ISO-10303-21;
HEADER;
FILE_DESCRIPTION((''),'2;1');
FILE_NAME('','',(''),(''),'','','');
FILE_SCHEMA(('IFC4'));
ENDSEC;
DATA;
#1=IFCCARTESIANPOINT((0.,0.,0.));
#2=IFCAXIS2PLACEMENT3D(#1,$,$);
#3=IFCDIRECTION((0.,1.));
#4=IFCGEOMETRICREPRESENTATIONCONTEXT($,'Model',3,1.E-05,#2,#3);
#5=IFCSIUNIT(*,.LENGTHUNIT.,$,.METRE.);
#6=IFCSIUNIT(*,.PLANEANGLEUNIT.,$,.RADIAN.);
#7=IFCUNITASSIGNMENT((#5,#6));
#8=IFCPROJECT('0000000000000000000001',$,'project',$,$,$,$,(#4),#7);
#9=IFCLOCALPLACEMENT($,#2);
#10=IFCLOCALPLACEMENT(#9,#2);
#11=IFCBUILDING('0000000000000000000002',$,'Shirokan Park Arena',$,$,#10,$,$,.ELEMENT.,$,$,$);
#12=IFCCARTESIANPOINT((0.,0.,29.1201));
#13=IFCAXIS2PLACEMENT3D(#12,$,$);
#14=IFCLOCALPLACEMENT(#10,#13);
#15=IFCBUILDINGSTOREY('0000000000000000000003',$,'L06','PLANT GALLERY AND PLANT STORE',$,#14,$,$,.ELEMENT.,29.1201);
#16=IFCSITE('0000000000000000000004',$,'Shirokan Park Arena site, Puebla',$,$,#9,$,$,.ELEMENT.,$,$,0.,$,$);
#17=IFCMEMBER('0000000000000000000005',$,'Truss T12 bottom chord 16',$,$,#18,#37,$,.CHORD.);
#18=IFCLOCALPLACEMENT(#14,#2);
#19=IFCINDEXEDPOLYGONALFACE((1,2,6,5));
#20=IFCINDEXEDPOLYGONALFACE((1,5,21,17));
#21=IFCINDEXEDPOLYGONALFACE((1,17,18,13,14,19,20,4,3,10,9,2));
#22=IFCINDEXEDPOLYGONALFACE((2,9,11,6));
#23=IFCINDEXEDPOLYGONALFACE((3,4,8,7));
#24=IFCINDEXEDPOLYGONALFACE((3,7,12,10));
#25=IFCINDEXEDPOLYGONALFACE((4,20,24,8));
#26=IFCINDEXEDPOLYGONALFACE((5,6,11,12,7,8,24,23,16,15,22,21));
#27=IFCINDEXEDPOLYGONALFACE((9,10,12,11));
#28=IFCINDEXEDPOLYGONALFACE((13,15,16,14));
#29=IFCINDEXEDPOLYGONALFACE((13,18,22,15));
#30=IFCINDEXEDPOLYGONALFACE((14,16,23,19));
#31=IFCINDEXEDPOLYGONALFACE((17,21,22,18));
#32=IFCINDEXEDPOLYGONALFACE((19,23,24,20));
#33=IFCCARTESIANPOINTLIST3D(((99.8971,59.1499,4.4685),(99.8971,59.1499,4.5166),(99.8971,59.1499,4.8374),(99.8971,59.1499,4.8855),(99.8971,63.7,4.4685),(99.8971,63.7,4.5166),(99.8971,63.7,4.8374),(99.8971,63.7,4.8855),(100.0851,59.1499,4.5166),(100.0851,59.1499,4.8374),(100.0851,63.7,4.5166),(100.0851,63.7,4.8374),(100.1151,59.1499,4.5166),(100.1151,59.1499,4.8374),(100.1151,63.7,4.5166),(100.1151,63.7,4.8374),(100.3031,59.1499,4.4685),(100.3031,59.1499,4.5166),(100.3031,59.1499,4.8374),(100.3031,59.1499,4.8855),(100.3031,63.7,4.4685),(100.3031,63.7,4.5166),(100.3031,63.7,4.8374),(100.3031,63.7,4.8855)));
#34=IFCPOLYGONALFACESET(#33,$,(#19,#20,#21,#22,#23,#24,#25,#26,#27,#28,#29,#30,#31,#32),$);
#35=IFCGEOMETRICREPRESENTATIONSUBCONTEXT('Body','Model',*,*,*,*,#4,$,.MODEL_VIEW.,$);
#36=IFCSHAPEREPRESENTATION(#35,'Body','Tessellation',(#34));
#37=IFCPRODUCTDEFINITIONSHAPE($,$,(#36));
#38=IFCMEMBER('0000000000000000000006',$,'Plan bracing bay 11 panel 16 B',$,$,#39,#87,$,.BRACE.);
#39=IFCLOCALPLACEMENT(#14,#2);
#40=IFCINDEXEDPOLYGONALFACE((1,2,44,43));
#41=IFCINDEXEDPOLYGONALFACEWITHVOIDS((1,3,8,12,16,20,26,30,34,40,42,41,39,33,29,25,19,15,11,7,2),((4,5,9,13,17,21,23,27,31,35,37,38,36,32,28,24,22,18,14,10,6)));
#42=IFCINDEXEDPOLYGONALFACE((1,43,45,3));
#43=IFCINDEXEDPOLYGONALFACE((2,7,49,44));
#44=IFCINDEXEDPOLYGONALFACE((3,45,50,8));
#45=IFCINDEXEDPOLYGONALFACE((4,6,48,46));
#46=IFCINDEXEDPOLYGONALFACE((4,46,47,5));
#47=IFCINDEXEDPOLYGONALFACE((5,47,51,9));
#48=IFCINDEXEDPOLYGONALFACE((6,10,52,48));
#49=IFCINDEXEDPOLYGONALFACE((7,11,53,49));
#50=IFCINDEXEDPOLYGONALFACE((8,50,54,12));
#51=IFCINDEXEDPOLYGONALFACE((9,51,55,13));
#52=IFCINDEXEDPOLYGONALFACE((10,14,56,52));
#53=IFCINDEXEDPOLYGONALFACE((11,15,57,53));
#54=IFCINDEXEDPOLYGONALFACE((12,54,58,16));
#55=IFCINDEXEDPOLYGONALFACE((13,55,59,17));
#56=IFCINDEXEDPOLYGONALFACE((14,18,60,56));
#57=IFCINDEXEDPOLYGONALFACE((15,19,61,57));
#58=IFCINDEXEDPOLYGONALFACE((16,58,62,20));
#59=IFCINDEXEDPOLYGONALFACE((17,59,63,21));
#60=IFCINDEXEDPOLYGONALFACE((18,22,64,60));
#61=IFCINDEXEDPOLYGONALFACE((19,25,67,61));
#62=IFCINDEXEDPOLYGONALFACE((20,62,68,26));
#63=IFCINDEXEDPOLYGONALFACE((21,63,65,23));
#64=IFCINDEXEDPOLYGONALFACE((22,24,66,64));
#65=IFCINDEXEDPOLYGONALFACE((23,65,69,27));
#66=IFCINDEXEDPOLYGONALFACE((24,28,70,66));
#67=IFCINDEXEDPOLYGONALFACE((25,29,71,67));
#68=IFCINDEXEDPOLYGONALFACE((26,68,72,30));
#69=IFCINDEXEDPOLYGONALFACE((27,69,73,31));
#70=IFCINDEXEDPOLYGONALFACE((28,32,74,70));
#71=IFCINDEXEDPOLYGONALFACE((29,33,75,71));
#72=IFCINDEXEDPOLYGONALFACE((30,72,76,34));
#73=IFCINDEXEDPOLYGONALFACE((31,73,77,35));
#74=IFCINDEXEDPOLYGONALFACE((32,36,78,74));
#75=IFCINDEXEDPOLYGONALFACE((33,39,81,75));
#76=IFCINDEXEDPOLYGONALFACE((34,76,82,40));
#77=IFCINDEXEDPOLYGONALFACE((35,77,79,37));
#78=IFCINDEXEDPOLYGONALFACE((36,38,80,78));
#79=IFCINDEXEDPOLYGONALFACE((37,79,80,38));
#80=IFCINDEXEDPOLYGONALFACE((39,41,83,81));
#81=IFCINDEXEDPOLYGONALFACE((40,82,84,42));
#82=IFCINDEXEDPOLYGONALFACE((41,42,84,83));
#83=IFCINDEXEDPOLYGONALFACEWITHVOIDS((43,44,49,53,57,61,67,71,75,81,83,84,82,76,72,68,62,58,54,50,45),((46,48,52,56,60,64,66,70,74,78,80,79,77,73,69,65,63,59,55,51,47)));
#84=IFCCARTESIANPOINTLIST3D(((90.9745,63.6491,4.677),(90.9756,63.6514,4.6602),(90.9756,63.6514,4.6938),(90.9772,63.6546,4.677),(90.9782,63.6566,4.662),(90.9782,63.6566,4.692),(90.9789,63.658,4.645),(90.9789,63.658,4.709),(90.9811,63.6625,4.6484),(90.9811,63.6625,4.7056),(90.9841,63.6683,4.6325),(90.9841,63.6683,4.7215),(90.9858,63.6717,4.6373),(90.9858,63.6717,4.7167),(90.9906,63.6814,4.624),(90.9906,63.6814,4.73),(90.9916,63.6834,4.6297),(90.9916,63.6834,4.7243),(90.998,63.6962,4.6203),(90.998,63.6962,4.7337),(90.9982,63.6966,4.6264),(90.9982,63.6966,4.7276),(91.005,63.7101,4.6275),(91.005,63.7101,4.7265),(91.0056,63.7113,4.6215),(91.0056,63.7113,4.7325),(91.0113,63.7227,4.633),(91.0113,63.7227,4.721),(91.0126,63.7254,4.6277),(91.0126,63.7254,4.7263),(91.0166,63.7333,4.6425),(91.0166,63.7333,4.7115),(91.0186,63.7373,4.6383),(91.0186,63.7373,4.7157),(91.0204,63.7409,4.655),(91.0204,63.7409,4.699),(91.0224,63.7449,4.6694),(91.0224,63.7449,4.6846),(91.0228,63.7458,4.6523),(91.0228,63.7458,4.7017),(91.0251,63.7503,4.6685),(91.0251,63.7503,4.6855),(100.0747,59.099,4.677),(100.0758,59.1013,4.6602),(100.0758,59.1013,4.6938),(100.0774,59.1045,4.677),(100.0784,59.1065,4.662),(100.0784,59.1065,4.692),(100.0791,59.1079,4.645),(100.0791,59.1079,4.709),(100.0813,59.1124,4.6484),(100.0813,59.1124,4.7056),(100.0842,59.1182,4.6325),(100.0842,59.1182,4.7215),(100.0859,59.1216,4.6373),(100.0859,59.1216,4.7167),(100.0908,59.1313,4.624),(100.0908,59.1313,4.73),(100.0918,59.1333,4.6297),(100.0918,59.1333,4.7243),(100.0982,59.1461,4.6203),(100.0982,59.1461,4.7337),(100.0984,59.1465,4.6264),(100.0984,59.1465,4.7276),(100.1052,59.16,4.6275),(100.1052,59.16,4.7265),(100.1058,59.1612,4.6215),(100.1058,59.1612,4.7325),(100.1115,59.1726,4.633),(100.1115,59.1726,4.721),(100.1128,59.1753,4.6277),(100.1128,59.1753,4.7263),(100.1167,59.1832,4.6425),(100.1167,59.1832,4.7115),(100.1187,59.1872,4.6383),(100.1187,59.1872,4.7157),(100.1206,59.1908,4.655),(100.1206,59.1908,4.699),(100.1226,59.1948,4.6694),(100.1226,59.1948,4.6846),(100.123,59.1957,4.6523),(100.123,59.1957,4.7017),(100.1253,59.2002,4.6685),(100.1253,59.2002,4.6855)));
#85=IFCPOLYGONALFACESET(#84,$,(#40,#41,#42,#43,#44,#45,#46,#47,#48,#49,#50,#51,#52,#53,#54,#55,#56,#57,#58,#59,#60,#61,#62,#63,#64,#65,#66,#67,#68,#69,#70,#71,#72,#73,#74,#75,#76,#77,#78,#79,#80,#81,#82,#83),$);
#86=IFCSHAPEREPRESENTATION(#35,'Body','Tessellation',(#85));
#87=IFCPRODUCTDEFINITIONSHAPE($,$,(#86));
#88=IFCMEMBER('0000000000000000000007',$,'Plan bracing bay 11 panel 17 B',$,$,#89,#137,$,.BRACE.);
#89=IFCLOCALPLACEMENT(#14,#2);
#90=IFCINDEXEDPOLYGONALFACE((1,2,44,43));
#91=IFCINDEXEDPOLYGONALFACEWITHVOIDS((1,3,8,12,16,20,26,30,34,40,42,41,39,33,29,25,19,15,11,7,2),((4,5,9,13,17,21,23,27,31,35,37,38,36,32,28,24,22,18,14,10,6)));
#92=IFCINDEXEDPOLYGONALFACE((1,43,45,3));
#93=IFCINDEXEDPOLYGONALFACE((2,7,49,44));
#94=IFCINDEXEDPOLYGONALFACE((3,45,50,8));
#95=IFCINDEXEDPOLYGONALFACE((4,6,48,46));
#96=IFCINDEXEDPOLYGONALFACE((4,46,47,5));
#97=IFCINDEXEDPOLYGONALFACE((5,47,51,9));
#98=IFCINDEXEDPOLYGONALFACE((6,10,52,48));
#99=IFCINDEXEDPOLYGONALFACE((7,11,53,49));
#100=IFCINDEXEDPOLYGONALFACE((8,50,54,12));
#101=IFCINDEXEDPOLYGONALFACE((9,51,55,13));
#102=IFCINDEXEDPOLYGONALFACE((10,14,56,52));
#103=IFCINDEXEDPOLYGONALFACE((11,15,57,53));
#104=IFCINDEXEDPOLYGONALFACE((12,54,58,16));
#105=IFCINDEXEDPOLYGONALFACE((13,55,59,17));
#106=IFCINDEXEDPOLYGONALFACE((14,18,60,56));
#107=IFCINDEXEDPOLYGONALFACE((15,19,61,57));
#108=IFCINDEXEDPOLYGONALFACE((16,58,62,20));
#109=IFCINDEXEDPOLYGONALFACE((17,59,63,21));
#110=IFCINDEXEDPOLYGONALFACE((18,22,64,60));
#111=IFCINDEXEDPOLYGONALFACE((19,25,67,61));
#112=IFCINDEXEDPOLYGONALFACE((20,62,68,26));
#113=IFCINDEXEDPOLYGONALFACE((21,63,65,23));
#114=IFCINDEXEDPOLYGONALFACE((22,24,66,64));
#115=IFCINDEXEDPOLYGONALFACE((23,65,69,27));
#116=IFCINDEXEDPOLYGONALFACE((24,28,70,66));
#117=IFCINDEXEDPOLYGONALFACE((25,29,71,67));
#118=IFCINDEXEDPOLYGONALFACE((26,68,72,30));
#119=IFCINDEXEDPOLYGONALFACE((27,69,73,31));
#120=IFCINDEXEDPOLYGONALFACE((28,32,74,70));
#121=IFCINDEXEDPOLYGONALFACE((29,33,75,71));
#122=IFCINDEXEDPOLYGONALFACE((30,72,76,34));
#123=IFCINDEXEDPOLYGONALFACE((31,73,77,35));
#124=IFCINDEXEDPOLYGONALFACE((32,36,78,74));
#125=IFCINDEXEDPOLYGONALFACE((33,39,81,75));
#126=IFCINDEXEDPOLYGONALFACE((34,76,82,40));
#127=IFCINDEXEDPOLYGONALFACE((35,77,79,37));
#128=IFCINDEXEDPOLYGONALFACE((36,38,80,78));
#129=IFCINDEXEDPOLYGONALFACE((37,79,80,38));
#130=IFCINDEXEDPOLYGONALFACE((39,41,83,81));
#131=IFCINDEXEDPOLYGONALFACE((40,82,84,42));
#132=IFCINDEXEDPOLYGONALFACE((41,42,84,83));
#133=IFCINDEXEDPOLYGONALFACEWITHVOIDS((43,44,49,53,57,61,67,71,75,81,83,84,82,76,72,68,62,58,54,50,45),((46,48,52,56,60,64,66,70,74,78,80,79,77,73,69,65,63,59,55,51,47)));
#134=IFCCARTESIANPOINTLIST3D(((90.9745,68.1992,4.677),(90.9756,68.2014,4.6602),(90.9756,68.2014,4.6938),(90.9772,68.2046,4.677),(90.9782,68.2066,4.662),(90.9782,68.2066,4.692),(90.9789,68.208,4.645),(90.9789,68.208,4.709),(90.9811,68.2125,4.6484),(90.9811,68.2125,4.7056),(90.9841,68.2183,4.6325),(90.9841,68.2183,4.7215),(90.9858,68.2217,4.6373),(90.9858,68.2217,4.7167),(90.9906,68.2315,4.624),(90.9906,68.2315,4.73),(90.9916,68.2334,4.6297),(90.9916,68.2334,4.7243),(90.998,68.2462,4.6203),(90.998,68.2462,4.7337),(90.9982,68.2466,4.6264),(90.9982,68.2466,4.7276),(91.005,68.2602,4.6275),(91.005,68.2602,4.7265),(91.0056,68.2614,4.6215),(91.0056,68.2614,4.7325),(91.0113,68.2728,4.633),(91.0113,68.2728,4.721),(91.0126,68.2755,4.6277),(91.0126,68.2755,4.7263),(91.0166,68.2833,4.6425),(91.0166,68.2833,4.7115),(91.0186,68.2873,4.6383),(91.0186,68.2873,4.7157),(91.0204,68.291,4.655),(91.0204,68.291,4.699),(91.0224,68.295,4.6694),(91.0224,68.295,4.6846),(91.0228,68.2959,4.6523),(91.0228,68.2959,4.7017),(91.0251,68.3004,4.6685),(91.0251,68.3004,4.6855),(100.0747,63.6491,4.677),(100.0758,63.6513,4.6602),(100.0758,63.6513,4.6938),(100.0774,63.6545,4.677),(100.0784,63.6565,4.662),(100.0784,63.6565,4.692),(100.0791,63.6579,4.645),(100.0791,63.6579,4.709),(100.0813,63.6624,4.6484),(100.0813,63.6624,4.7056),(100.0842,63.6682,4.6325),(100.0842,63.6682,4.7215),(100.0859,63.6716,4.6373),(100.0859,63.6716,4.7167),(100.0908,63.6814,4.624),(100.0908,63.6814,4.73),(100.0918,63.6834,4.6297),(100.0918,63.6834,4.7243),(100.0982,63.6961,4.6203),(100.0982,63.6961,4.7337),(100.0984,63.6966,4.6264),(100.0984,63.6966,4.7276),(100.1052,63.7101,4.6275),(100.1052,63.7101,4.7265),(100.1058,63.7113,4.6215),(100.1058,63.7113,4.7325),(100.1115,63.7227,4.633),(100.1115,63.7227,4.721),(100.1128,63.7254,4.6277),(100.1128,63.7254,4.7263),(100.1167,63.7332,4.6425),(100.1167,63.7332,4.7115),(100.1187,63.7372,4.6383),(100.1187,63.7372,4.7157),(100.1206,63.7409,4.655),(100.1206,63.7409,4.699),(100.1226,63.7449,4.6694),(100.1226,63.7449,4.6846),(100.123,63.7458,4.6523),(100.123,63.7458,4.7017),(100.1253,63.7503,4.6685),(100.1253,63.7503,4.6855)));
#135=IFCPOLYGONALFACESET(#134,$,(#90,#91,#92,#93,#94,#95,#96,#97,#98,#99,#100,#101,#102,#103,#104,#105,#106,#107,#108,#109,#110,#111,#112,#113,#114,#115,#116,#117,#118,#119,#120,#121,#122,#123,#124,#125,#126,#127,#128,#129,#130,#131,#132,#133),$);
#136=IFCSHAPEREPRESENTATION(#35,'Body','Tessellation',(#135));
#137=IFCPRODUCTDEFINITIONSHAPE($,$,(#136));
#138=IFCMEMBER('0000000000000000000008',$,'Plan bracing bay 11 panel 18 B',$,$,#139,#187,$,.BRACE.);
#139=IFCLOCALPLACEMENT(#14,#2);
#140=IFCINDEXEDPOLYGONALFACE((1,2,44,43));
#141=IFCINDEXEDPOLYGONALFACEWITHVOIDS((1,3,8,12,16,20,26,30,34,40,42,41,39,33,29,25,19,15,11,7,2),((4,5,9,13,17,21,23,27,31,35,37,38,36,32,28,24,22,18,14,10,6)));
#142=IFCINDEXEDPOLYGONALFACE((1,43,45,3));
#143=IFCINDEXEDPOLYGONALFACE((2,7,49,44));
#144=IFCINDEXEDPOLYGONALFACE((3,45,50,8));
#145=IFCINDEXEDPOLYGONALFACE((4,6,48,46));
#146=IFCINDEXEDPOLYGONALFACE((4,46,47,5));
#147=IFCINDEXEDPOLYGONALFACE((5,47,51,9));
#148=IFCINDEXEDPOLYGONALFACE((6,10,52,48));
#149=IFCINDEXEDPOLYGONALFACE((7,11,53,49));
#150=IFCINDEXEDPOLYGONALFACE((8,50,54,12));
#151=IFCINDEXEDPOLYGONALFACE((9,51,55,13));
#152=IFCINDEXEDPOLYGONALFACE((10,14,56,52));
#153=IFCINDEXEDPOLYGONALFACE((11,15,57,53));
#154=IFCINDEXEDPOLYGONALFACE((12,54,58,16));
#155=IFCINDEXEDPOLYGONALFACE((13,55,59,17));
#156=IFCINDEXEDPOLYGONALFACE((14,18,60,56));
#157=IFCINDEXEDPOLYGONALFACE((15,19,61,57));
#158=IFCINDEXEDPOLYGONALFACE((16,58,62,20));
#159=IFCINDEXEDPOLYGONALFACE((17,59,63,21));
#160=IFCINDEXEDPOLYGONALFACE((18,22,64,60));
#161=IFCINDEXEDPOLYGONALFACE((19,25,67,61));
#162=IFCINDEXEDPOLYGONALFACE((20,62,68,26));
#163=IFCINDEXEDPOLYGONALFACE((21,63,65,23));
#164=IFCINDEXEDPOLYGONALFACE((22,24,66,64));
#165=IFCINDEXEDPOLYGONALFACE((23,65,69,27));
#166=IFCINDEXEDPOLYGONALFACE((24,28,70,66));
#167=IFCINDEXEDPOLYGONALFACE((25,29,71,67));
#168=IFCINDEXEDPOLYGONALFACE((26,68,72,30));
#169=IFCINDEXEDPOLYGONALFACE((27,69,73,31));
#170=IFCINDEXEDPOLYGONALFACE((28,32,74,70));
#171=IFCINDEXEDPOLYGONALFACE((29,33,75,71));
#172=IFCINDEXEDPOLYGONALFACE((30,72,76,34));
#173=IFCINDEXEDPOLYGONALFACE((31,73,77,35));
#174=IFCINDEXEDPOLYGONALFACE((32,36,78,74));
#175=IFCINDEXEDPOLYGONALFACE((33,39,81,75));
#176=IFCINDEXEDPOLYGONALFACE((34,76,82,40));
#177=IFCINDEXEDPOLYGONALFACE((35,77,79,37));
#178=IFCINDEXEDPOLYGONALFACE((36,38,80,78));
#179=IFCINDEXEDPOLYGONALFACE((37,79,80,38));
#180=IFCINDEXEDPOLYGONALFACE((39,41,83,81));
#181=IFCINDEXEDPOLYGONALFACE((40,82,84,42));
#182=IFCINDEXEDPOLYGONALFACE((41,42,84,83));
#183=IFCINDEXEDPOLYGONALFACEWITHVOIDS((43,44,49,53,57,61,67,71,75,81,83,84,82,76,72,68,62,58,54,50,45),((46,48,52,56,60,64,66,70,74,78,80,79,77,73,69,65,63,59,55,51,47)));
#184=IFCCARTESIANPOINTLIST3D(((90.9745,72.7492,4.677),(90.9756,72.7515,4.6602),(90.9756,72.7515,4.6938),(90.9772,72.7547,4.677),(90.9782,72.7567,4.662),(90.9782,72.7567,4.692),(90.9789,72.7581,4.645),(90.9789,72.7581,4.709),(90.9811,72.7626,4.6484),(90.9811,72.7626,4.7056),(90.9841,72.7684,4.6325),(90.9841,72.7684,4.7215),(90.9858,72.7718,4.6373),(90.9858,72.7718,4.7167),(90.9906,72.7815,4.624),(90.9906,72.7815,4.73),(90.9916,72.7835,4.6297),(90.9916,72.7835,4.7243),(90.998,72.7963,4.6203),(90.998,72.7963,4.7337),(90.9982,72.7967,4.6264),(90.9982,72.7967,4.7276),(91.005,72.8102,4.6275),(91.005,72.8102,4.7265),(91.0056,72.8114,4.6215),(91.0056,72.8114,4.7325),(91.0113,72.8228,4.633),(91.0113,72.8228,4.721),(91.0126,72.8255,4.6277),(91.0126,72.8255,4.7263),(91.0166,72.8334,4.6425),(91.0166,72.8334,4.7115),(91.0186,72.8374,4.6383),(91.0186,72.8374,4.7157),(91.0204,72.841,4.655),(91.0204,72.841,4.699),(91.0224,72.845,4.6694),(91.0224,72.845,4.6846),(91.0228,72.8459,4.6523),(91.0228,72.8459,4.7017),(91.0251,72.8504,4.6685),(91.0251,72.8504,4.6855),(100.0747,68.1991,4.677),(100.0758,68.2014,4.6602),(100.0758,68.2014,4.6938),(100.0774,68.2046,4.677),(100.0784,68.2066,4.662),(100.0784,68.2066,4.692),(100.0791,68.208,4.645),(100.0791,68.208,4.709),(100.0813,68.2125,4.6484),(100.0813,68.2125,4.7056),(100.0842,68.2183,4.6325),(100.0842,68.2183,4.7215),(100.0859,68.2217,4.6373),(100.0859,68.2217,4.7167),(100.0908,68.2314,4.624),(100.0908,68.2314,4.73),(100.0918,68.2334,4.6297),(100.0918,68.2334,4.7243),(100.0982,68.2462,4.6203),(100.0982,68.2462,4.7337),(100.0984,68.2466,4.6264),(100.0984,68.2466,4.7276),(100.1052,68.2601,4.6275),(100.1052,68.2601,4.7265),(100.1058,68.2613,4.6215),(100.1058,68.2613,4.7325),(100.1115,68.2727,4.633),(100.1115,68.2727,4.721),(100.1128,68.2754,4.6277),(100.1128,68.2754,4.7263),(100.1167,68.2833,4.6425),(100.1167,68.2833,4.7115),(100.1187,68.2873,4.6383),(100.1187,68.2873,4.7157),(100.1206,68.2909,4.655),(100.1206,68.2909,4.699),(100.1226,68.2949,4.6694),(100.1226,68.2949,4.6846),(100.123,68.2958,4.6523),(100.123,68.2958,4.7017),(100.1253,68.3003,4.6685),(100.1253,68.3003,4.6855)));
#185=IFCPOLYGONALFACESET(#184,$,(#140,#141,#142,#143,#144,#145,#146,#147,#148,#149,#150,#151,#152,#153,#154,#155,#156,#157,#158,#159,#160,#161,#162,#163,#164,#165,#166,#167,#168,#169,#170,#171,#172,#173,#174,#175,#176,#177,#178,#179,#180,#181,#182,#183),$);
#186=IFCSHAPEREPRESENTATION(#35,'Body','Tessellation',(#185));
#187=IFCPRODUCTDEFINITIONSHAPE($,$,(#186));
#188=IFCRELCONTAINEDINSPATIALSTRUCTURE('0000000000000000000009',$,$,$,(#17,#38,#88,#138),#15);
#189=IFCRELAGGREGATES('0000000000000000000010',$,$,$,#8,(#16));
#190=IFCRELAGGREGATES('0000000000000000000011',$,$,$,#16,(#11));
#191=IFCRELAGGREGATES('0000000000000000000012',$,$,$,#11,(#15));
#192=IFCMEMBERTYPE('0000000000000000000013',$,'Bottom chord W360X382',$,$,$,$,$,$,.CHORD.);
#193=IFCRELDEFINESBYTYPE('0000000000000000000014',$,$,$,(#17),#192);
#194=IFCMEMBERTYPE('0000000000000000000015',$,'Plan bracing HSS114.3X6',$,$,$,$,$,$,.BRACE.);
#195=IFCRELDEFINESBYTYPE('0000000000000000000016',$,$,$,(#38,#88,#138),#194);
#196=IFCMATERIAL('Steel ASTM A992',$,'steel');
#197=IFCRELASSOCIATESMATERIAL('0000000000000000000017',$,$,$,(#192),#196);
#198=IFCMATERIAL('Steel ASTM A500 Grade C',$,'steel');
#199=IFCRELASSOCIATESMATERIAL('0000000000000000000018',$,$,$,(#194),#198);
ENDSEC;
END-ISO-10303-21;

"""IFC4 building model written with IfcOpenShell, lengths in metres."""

from ifc_helpers import new_model, si_unit, direction, frame, origin, origin_2d, place, context, subcontext, project, spatial, hollow_circle, i_section, extrude, material, material_profile, profile_set, type_object, element, save


model = new_model("IFC4")

# Units and contexts
model_context = context("Model", 3, precision=1e-05, world=origin(), true_north=direction((0.0, 1.0)))
body_context = subcontext(model_context, "Body", "Model", "MODEL_VIEW")
ifc_project = project(units=[si_unit("LENGTHUNIT", "METRE"), si_unit("PLANEANGLEUNIT", "RADIAN")], contexts=[model_context])

# Site, building, storey
site_placement = place(None, origin())
site = spatial("IfcSite", under=ifc_project, at=site_placement, Name="Shirokan Park Arena site, Puebla", CompositionType="ELEMENT", RefElevation=0.0)
building_placement = place(site_placement, origin())
building = spatial("IfcBuilding", under=site, at=building_placement, Name="Shirokan Park Arena", CompositionType="ELEMENT")
storey_placement = place(building_placement, frame((0.0, 0.0, 29.1201)))
storey = spatial("IfcBuildingStorey", under=building, at=storey_placement, Name="L06", Description="PLANT GALLERY AND PLANT STORE", CompositionType="ELEMENT", Elevation=29.1201)

# Members
ifc_material_1 = material(Name="Steel ASTM A500 Grade C", Category="steel")
ifc_material_2 = material(Name="Steel ASTM A992", Category="steel")
ifc_material_profile_1 = material_profile(ifc_material_2, i_section(OverallWidth=0.406, OverallDepth=0.417, WebThickness=0.03, FlangeThickness=0.0481, at=origin_2d()), Name="W360X382")
ifc_profile_set_1 = profile_set([ifc_material_profile_1], Name="Steel ASTM A992")
member_type_1 = type_object("IfcMemberType", Name="Bottom chord W360X382", PredefinedType="CHORD", material=ifc_profile_set_1)
member_1_placement = place(storey_placement, frame((100.1001, 59.1499, 4.677), z_axis=(0.0, 1.0, 0.0), x_axis=(-1.0, 0.0, 0.0)))
element("IfcMember", 1, at=member_1_placement, inside=storey, type_object=member_type_1, Name="Truss T12 bottom chord 16", PredefinedType="CHORD", context=body_context, shape_type="SweptSolid", body=[
    extrude(i_section(OverallWidth=0.406, OverallDepth=0.417, WebThickness=0.03, FlangeThickness=0.0481, at=origin_2d()), origin(), (0.0, 0.0, 1.0), 4.55),
])
ifc_material_profile_2 = material_profile(ifc_material_1, hollow_circle(Radius=0.0569, WallThickness=0.0061, at=origin_2d()), Name="HSS114.3X6")
ifc_profile_set_2 = profile_set([ifc_material_profile_2], Name="Steel ASTM A500 Grade C")
member_type_2 = type_object("IfcMemberType", Name="Plan bracing HSS114.3X6", PredefinedType="BRACE", material=ifc_profile_set_2)
for number, where, z_axis, x_axis, name in (
    (2, (100.1001, 59.1499, 4.677), (-0.894427, 0.447214, 0.0), (-0.447214, -0.894427, 0.0), "Plan bracing bay 11 panel 16 B"),
    (3, (100.1001, 63.7, 4.677), (-0.894427, 0.447214, 0.0), (-0.447214, -0.894427, 0.0), "Plan bracing bay 11 panel 17 B"),
    (4, (100.1001, 68.25, 4.677), (-0.894427, 0.447214, 0.0), (-0.447214, -0.894427, 0.0), "Plan bracing bay 11 panel 18 B"),
):
    element("IfcMember", number, at=place(storey_placement, frame(where, z_axis=z_axis, x_axis=x_axis)), inside=storey, type_object=member_type_2, Name=name, PredefinedType="BRACE", context=body_context, shape_type="SweptSolid", body=[
        extrude(hollow_circle(Radius=0.0569, WallThickness=0.0061, at=origin_2d()), origin(), (0.0, 0.0, 1.0), 10.1743),
    ])

save(model, "model.ifc")
